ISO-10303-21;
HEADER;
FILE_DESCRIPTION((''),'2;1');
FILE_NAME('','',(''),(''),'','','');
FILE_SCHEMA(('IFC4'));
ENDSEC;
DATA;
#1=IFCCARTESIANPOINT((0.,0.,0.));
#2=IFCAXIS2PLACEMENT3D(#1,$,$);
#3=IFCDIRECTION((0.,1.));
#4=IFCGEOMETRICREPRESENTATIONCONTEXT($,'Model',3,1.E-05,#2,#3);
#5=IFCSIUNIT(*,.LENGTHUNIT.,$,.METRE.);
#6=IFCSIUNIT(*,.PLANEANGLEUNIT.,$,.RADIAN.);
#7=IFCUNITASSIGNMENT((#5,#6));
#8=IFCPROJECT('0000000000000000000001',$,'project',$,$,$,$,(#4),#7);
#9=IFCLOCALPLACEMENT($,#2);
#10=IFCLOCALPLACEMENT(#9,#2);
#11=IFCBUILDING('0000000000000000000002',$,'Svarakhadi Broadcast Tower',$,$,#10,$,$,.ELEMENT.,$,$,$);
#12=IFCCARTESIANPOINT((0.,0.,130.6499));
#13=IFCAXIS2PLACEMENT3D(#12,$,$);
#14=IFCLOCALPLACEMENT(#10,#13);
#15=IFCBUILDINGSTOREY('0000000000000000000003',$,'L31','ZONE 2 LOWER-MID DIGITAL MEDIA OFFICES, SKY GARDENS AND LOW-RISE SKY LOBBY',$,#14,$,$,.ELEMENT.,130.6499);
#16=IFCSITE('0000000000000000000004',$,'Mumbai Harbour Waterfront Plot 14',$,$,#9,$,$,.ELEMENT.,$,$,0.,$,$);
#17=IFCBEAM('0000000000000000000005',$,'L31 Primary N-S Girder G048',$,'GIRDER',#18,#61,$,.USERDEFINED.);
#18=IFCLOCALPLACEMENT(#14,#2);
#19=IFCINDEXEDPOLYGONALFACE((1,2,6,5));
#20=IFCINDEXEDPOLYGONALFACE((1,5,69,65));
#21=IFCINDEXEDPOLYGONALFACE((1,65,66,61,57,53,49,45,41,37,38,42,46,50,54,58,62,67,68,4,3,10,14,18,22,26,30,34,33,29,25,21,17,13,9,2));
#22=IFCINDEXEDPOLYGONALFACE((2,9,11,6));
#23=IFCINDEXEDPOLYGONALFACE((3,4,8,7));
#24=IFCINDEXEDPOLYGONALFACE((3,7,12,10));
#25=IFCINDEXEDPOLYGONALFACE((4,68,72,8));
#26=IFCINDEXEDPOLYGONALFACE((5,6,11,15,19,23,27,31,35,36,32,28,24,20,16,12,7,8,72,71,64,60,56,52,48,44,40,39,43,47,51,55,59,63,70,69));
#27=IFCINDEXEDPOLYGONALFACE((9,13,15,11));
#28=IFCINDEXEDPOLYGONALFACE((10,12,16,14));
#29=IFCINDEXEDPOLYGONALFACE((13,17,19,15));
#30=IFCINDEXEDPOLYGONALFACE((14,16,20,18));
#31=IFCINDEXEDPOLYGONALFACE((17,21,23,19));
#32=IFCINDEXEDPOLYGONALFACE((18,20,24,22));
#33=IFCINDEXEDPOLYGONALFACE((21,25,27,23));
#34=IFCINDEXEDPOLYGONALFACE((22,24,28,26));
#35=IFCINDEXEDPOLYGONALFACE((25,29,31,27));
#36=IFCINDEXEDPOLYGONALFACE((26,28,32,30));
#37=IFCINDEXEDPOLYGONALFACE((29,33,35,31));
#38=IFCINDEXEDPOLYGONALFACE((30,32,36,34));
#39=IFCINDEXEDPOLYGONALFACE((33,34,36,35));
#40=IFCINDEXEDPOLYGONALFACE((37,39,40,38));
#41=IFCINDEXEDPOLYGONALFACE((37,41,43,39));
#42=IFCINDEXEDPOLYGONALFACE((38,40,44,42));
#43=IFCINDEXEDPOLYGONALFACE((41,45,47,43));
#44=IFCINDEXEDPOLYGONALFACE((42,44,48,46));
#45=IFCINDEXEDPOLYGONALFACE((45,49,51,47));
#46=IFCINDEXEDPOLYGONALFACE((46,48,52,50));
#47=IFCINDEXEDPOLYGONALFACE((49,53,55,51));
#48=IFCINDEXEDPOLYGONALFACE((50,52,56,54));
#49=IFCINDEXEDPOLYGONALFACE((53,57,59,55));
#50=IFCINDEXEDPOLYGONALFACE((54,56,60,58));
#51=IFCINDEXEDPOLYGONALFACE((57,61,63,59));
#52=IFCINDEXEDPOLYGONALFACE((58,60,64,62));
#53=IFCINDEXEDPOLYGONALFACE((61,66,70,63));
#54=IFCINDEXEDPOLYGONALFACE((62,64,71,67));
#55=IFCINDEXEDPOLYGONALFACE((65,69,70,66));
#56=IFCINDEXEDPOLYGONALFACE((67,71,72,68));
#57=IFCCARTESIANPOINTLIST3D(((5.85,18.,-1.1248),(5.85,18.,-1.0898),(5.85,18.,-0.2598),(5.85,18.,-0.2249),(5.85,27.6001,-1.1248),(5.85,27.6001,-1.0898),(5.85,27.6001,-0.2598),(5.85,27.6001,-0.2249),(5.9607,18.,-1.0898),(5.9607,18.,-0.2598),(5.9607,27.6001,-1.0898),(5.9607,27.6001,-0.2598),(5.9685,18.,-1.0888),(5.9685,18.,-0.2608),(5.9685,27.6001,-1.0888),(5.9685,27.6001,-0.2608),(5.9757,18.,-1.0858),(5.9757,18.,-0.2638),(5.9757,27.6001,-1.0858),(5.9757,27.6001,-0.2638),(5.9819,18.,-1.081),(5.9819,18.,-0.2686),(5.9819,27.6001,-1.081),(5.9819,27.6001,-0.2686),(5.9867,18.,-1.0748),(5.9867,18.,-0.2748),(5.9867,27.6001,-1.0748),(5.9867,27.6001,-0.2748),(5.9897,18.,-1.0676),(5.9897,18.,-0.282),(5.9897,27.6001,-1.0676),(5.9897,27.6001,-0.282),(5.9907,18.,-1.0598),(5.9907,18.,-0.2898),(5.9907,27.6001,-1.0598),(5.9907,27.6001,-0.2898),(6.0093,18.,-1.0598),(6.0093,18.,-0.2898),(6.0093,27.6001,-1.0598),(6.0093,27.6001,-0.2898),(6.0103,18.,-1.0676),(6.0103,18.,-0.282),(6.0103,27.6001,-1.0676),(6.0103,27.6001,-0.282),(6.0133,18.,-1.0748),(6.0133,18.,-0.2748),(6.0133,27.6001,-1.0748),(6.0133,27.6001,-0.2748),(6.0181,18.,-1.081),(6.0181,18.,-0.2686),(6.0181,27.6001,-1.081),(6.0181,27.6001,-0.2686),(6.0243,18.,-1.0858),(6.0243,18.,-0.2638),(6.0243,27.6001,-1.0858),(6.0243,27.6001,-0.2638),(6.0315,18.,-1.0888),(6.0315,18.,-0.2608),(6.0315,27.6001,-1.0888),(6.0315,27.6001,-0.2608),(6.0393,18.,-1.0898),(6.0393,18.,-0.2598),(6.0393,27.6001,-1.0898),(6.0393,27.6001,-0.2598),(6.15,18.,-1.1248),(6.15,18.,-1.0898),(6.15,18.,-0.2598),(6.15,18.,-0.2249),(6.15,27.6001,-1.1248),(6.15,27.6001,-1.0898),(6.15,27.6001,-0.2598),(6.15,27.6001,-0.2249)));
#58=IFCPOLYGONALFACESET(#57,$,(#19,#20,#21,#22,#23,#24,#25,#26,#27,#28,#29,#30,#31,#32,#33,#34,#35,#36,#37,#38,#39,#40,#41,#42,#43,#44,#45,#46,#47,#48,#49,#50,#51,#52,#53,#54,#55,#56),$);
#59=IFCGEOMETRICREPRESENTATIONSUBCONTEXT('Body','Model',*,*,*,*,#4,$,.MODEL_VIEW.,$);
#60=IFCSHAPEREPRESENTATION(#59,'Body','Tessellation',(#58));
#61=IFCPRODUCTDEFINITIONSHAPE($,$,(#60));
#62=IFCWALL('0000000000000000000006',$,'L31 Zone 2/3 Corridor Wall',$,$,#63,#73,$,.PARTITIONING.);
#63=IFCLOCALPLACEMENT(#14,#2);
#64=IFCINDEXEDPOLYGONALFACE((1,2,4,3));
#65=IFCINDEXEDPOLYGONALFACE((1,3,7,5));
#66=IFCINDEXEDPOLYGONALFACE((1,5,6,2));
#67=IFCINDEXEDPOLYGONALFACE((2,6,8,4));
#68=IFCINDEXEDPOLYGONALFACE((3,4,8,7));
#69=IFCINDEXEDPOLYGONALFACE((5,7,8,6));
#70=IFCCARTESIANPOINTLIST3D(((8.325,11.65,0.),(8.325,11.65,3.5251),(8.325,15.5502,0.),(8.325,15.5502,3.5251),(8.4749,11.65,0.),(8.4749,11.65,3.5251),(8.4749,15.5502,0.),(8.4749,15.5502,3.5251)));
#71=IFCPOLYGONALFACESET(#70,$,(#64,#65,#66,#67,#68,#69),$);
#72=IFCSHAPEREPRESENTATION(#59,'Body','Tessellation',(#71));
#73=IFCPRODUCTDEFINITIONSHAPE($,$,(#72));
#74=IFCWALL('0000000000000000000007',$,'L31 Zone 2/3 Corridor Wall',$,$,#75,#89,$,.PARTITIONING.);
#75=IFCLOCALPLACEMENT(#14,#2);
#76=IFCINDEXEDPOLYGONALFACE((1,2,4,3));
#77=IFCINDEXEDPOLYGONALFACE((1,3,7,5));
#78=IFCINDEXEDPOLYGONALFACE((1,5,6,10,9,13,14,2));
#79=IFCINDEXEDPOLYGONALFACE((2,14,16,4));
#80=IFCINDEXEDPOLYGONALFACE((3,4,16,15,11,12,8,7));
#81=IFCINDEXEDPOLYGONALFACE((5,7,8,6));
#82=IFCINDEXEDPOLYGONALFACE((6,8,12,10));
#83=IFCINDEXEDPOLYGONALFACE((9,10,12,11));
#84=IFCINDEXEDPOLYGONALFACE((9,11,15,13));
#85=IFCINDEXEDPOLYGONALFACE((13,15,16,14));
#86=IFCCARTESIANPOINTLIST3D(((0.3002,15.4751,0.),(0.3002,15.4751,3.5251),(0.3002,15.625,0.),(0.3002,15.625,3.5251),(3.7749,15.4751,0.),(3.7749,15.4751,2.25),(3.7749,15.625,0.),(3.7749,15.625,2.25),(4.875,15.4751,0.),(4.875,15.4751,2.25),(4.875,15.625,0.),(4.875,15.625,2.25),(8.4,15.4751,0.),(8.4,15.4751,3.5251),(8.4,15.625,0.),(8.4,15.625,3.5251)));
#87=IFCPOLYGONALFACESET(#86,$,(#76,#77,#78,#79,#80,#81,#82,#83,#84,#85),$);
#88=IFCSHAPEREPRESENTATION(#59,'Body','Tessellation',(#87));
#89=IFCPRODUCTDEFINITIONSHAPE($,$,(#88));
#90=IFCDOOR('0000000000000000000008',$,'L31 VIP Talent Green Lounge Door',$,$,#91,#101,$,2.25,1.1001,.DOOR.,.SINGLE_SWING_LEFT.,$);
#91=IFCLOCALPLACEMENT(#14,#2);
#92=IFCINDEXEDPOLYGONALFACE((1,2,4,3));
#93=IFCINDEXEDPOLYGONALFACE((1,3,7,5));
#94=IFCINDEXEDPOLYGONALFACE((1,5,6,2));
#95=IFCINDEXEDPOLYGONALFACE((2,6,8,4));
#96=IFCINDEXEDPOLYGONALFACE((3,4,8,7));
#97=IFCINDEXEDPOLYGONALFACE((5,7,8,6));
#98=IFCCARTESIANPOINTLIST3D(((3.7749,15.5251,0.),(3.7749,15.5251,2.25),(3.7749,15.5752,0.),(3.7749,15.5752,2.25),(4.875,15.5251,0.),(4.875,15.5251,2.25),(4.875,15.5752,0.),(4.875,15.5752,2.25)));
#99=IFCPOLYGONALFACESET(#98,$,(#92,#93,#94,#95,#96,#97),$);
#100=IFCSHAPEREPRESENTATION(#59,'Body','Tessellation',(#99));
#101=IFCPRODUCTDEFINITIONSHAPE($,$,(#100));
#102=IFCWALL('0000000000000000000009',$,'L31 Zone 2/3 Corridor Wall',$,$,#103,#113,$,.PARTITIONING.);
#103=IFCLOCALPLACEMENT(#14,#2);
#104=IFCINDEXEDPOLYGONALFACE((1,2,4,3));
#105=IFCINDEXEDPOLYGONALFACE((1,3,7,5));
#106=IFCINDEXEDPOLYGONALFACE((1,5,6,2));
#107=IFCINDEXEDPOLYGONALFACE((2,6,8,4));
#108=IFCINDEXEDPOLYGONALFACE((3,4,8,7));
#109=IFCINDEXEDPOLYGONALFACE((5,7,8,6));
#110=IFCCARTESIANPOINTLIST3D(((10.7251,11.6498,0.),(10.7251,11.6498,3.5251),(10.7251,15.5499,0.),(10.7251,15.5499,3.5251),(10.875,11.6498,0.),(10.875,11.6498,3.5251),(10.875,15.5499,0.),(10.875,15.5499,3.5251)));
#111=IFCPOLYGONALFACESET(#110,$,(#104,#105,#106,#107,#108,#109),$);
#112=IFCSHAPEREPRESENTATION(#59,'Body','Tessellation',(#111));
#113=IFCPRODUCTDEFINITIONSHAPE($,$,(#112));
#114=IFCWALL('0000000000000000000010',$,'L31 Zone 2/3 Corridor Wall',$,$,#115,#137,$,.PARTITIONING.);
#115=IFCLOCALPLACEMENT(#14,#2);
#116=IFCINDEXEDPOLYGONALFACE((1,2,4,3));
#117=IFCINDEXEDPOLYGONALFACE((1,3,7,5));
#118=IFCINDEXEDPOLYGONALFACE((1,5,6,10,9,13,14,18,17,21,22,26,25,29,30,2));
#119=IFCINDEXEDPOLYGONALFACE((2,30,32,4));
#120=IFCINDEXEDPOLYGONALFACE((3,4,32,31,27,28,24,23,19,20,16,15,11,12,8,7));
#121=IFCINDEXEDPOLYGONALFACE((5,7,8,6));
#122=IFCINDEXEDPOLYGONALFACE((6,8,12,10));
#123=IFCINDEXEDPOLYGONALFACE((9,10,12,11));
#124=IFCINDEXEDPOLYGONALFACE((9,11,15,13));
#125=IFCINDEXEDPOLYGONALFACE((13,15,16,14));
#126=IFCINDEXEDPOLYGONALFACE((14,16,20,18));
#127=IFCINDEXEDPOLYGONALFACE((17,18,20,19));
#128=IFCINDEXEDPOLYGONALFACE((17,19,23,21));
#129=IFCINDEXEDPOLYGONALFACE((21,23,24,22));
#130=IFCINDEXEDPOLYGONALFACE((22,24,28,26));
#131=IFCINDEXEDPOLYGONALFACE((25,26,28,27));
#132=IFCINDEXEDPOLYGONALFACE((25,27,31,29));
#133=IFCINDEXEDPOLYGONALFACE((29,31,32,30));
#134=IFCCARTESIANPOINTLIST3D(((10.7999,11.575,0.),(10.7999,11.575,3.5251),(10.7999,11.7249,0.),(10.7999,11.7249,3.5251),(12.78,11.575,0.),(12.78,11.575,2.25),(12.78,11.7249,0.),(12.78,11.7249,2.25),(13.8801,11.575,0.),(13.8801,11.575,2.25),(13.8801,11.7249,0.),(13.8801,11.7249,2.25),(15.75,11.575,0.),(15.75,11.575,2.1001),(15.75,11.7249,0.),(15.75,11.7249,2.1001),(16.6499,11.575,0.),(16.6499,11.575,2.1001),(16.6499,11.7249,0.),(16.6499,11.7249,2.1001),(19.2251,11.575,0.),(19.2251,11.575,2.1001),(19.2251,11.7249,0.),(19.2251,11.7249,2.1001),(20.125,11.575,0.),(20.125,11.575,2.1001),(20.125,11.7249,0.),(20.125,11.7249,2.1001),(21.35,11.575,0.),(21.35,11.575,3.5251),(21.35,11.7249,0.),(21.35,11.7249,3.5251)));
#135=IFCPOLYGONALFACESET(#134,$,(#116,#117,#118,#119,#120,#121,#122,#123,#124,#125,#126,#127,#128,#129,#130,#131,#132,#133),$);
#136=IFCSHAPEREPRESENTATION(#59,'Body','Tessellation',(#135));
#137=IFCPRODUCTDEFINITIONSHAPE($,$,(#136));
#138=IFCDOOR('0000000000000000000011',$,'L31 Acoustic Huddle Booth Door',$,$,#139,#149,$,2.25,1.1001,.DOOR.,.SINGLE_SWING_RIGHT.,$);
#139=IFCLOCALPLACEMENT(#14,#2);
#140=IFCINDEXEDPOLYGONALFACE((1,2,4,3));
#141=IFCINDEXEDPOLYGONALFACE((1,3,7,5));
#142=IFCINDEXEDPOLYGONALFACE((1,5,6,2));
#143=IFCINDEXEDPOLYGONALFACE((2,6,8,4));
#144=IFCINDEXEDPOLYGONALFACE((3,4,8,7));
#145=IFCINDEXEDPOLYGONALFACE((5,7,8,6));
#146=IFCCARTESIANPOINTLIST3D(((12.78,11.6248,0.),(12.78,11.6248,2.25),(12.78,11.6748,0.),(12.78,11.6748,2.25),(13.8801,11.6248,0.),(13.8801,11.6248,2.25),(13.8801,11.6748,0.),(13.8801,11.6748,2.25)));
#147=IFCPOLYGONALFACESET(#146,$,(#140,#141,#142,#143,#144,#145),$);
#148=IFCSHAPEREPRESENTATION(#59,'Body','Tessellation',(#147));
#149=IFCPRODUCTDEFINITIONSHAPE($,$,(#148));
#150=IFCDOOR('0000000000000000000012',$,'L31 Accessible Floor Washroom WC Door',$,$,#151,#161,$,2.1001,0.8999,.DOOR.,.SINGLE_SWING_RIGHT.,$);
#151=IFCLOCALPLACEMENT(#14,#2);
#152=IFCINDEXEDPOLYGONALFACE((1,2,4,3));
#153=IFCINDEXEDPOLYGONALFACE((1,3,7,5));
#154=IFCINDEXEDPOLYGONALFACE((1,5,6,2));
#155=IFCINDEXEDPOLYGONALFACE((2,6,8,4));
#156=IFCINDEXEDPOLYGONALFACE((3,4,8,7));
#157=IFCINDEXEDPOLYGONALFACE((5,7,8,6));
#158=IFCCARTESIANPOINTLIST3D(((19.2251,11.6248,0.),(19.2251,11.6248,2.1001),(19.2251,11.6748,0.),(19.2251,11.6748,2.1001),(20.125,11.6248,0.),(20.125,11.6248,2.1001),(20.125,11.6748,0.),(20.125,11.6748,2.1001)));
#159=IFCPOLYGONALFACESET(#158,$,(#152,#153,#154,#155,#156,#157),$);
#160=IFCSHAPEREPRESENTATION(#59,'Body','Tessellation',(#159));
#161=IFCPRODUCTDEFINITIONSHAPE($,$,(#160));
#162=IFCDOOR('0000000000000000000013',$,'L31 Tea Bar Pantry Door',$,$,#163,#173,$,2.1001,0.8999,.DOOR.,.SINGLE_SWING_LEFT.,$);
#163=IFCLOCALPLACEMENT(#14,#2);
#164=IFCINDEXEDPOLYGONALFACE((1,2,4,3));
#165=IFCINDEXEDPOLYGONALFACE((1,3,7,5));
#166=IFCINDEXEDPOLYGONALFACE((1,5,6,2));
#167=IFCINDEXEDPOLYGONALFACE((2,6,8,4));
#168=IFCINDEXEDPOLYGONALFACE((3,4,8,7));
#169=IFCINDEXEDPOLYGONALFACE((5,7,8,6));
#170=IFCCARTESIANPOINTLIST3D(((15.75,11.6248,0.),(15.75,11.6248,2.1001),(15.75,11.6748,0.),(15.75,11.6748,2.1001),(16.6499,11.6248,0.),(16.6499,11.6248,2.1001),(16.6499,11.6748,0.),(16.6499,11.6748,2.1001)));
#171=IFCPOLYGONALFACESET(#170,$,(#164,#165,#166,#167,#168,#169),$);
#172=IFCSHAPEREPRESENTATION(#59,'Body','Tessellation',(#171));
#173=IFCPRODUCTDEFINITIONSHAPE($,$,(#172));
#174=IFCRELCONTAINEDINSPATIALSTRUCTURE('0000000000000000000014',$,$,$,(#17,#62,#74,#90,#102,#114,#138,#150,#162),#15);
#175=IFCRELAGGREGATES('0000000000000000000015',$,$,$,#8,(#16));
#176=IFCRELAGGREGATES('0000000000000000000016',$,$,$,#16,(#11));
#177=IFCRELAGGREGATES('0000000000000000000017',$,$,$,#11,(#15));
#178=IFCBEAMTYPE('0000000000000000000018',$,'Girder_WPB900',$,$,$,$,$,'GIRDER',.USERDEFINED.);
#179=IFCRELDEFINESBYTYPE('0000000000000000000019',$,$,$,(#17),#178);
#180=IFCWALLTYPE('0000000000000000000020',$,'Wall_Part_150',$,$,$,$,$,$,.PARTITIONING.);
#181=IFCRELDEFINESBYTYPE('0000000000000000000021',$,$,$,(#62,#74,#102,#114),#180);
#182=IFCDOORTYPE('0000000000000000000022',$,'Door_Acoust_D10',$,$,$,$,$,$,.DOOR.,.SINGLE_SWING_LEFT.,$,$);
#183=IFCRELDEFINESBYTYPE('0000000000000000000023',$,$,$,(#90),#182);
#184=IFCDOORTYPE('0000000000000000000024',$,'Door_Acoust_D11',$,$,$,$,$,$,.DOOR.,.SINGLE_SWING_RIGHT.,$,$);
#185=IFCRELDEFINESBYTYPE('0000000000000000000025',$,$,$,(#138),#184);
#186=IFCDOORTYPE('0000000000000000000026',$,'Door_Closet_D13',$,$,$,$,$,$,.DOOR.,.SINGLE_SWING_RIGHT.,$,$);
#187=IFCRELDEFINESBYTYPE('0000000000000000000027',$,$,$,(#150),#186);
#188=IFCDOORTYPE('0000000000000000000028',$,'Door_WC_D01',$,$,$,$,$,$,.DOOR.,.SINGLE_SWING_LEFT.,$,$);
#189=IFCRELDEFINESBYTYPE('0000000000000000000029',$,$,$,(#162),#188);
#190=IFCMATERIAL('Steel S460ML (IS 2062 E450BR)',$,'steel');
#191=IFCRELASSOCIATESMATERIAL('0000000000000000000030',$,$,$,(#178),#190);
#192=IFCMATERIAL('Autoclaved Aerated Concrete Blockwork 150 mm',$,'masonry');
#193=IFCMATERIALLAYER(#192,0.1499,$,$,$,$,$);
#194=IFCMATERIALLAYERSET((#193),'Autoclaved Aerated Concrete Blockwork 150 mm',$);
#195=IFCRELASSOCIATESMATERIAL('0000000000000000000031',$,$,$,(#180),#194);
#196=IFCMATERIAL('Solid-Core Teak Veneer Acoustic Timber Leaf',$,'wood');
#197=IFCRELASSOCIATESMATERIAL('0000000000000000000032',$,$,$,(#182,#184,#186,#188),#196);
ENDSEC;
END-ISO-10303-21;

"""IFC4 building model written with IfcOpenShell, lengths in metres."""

from ifc_helpers import new_model, si_unit, direction, frame, frame_2d, origin, origin_2d, place, context, subcontext, project, spatial, rectangle, i_section, extrude, material, layer, layer_set, material_profile, profile_set, type_object, element, fill, save


model = new_model("IFC4")

# Units and contexts
model_context = context("Model", 3, precision=1e-05, world=origin(), true_north=direction((0.0, 1.0)))
body_context = subcontext(model_context, "Body", "Model", "MODEL_VIEW")
ifc_project = project(units=[si_unit("LENGTHUNIT", "METRE"), si_unit("PLANEANGLEUNIT", "RADIAN")], contexts=[model_context])

# Site, building, storey
site_placement = place(None, origin())
site = spatial("IfcSite", under=ifc_project, at=site_placement, Name="Mumbai Harbour Waterfront Plot 14", CompositionType="ELEMENT", RefElevation=0.0)
building_placement = place(site_placement, origin())
building = spatial("IfcBuilding", under=site, at=building_placement, Name="Svarakhadi Broadcast Tower", CompositionType="ELEMENT")
storey_placement = place(building_placement, frame((0.0, 0.0, 130.6499)))
storey = spatial("IfcBuildingStorey", under=building, at=storey_placement, Name="L31", Description="ZONE 2 LOWER-MID DIGITAL MEDIA OFFICES, SKY GARDENS AND LOW-RISE SKY LOBBY", CompositionType="ELEMENT", Elevation=130.6499)

# Beam
ifc_material_1 = material(Name="Steel S460ML (IS 2062 E450BR)", Category="steel")
ifc_material_profile_1 = material_profile(ifc_material_1, i_section(OverallWidth=0.3, OverallDepth=0.8999, WebThickness=0.0186, FlangeThickness=0.0349, FilletRadius=0.03, at=origin_2d()), Name="WPB 900x300x291")
ifc_profile_set_1 = profile_set([ifc_material_profile_1], Name="Steel S460ML (IS 2062 E450BR)")
beam_type_1 = type_object("IfcBeamType", Name="Girder_WPB900", ElementType="GIRDER", PredefinedType="USERDEFINED", material=ifc_profile_set_1)
beam_1_placement = place(storey_placement, frame((6.0, 18.0, -0.6748), z_axis=(0.0, 1.0, 0.0), x_axis=(-1.0, 0.0, 0.0)))
element("IfcBeam", 1, at=beam_1_placement, inside=storey, type_object=beam_type_1, Name="L31 Primary N-S Girder G048", ObjectType="GIRDER", PredefinedType="USERDEFINED", context=body_context, shape_type="SweptSolid", body=[
    extrude(i_section(OverallWidth=0.3, OverallDepth=0.8999, WebThickness=0.0186, FlangeThickness=0.0349, FilletRadius=0.03, at=origin_2d()), origin(), (0.0, 0.0, 1.0), 9.6001),
])

# Wall
ifc_material_2 = material(Name="Autoclaved Aerated Concrete Blockwork 150 mm", Category="masonry")
ifc_layer_1 = layer(ifc_material_2, 0.1499)
ifc_layer_set_1 = layer_set([ifc_layer_1], Name="Autoclaved Aerated Concrete Blockwork 150 mm")
wall_type_1 = type_object("IfcWallType", Name="Wall_Part_150", PredefinedType="PARTITIONING", material=ifc_layer_set_1)
wall_1_placement = place(storey_placement, frame((8.3999, 11.6499, 0.0), z_axis=(0.0, 0.0, 1.0), x_axis=(0.0, 1.0, 0.0)))
element("IfcWall", 2, at=wall_1_placement, inside=storey, type_object=wall_type_1, Name="L31 Zone 2/3 Corridor Wall", PredefinedType="PARTITIONING", context=body_context, shape_type="SweptSolid", body=[
    extrude(rectangle(XDim=3.9001, YDim=0.1499, at=frame_2d((1.9502, 0.0))), origin(), (0.0, 0.0, 1.0), 3.5251),
])

# Wall, opening, door
wall_2_placement = place(storey_placement, frame((8.3999, 15.55, 0.0), z_axis=(0.0, 0.0, 1.0), x_axis=(-1.0, 0.0, 0.0)))
wall_2 = element("IfcWall", 3, at=wall_2_placement, inside=storey, type_object=wall_type_1, Name="L31 Zone 2/3 Corridor Wall", PredefinedType="PARTITIONING", context=body_context, shape_type="SweptSolid", body=[
    extrude(rectangle(XDim=8.0999, YDim=0.1499, at=frame_2d((4.0498, 0.0))), origin(), (0.0, 0.0, 1.0), 3.5251),
])
opening_1_placement = place(wall_2_placement, frame((3.5249, 0.0, 0.0)))
opening_1 = element("IfcOpeningElement", 4, at=opening_1_placement, cuts=wall_2, PredefinedType="OPENING", context=body_context, shape_type="SweptSolid", body=[
    extrude(rectangle(XDim=1.1001, YDim=2.25, at=frame_2d((0.55, 1.125))), frame((0.0, 0.085, 0.0), z_axis=(0.0, -1.0, 0.0), x_axis=(1.0, 0.0, 0.0)), (0.0, 0.0, 1.0), 0.1699),
])
ifc_material_3 = material(Name="Solid-Core Teak Veneer Acoustic Timber Leaf", Category="wood")
door_type_1 = type_object("IfcDoorType", Name="Door_Acoust_D10", OperationType="SINGLE_SWING_LEFT", PredefinedType="DOOR", material=ifc_material_3)
door_1_placement = place(opening_1_placement, origin())
door_1 = element("IfcDoor", 5, at=door_1_placement, inside=storey, type_object=door_type_1, Name="L31 VIP Talent Green Lounge Door", OperationType="SINGLE_SWING_LEFT", OverallHeight=2.25, OverallWidth=1.1001, PredefinedType="DOOR", context=body_context, shape_type="SweptSolid", body=[
    extrude(rectangle(XDim=1.1001, YDim=2.25, at=frame_2d((0.55, 1.125))), frame((0.0, 0.0249, 0.0), z_axis=(0.0, -1.0, 0.0), x_axis=(1.0, 0.0, 0.0)), (0.0, 0.0, 1.0), 0.05),
])
fill(opening_1, door_1)

# Wall
wall_3_placement = place(storey_placement, frame((10.8, 15.55, 0.0), z_axis=(0.0, 0.0, 1.0), x_axis=(0.0, -1.0, 0.0)))
element("IfcWall", 6, at=wall_3_placement, inside=storey, type_object=wall_type_1, Name="L31 Zone 2/3 Corridor Wall", PredefinedType="PARTITIONING", context=body_context, shape_type="SweptSolid", body=[
    extrude(rectangle(XDim=3.9001, YDim=0.1499, at=frame_2d((1.9502, 0.0))), origin(), (0.0, 0.0, 1.0), 3.5251),
])

# Wall, openings, doors
wall_4_placement = place(storey_placement, frame((10.8, 11.6499, 0.0), z_axis=(0.0, 0.0, 1.0), x_axis=(1.0, 0.0, 0.0)))
wall_4 = element("IfcWall", 7, at=wall_4_placement, inside=storey, type_object=wall_type_1, Name="L31 Zone 2/3 Corridor Wall", PredefinedType="PARTITIONING", context=body_context, shape_type="SweptSolid", body=[
    extrude(rectangle(XDim=10.55, YDim=0.1499, at=frame_2d((5.2749, 0.0))), origin(), (0.0, 0.0, 1.0), 3.5251),
])
opening_2_placement = place(wall_4_placement, frame((1.98, 0.0, 0.0)))
opening_2 = element("IfcOpeningElement", 8, at=opening_2_placement, cuts=wall_4, PredefinedType="OPENING", context=body_context, shape_type="SweptSolid", body=[
    extrude(rectangle(XDim=1.1001, YDim=2.25, at=frame_2d((0.55, 1.125))), frame((0.0, 0.085, 0.0), z_axis=(0.0, -1.0, 0.0), x_axis=(1.0, 0.0, 0.0)), (0.0, 0.0, 1.0), 0.1699),
])
opening_3_placement = place(wall_4_placement, frame((4.95, 0.0, 0.0)))
opening_3 = element("IfcOpeningElement", 9, at=opening_3_placement, cuts=wall_4, PredefinedType="OPENING", context=body_context, shape_type="SweptSolid", body=[
    extrude(rectangle(XDim=0.8999, YDim=2.1001, at=frame_2d((0.45, 1.05))), frame((0.0, 0.085, 0.0), z_axis=(0.0, -1.0, 0.0), x_axis=(1.0, 0.0, 0.0)), (0.0, 0.0, 1.0), 0.1699),
])
opening_4_placement = place(wall_4_placement, frame((8.425, 0.0, 0.0)))
opening_4 = element("IfcOpeningElement", 10, at=opening_4_placement, cuts=wall_4, PredefinedType="OPENING", context=body_context, shape_type="SweptSolid", body=[
    extrude(rectangle(XDim=0.8999, YDim=2.1001, at=frame_2d((0.45, 1.05))), frame((0.0, 0.085, 0.0), z_axis=(0.0, -1.0, 0.0), x_axis=(1.0, 0.0, 0.0)), (0.0, 0.0, 1.0), 0.1699),
])
door_type_2 = type_object("IfcDoorType", Name="Door_Acoust_D11", OperationType="SINGLE_SWING_RIGHT", PredefinedType="DOOR", material=ifc_material_3)
door_2_placement = place(opening_2_placement, origin())
door_2 = element("IfcDoor", 11, at=door_2_placement, inside=storey, type_object=door_type_2, Name="L31 Acoustic Huddle Booth Door", OperationType="SINGLE_SWING_RIGHT", OverallHeight=2.25, OverallWidth=1.1001, PredefinedType="DOOR", context=body_context, shape_type="SweptSolid", body=[
    extrude(rectangle(XDim=1.1001, YDim=2.25, at=frame_2d((0.55, 1.125))), frame((0.0, 0.0249, 0.0), z_axis=(0.0, -1.0, 0.0), x_axis=(1.0, 0.0, 0.0)), (0.0, 0.0, 1.0), 0.05),
])
fill(opening_2, door_2)
door_type_3 = type_object("IfcDoorType", Name="Door_Closet_D13", OperationType="SINGLE_SWING_RIGHT", PredefinedType="DOOR", material=ifc_material_3)
door_3_placement = place(opening_4_placement, origin())
door_3 = element("IfcDoor", 12, at=door_3_placement, inside=storey, type_object=door_type_3, Name="L31 Accessible Floor Washroom WC Door", OperationType="SINGLE_SWING_RIGHT", OverallHeight=2.1001, OverallWidth=0.8999, PredefinedType="DOOR", context=body_context, shape_type="SweptSolid", body=[
    extrude(rectangle(XDim=0.8999, YDim=2.1001, at=frame_2d((0.45, 1.05))), frame((0.0, 0.0249, 0.0), z_axis=(0.0, -1.0, 0.0), x_axis=(1.0, 0.0, 0.0)), (0.0, 0.0, 1.0), 0.05),
])
fill(opening_4, door_3)
door_type_4 = type_object("IfcDoorType", Name="Door_WC_D01", OperationType="SINGLE_SWING_LEFT", PredefinedType="DOOR", material=ifc_material_3)
door_4_placement = place(opening_3_placement, origin())
door_4 = element("IfcDoor", 13, at=door_4_placement, inside=storey, type_object=door_type_4, Name="L31 Tea Bar Pantry Door", OperationType="SINGLE_SWING_LEFT", OverallHeight=2.1001, OverallWidth=0.8999, PredefinedType="DOOR", context=body_context, shape_type="SweptSolid", body=[
    extrude(rectangle(XDim=0.8999, YDim=2.1001, at=frame_2d((0.45, 1.05))), frame((0.0, 0.0249, 0.0), z_axis=(0.0, -1.0, 0.0), x_axis=(1.0, 0.0, 0.0)), (0.0, 0.0, 1.0), 0.05),
])
fill(opening_3, door_4)

save(model, "model.ifc")
